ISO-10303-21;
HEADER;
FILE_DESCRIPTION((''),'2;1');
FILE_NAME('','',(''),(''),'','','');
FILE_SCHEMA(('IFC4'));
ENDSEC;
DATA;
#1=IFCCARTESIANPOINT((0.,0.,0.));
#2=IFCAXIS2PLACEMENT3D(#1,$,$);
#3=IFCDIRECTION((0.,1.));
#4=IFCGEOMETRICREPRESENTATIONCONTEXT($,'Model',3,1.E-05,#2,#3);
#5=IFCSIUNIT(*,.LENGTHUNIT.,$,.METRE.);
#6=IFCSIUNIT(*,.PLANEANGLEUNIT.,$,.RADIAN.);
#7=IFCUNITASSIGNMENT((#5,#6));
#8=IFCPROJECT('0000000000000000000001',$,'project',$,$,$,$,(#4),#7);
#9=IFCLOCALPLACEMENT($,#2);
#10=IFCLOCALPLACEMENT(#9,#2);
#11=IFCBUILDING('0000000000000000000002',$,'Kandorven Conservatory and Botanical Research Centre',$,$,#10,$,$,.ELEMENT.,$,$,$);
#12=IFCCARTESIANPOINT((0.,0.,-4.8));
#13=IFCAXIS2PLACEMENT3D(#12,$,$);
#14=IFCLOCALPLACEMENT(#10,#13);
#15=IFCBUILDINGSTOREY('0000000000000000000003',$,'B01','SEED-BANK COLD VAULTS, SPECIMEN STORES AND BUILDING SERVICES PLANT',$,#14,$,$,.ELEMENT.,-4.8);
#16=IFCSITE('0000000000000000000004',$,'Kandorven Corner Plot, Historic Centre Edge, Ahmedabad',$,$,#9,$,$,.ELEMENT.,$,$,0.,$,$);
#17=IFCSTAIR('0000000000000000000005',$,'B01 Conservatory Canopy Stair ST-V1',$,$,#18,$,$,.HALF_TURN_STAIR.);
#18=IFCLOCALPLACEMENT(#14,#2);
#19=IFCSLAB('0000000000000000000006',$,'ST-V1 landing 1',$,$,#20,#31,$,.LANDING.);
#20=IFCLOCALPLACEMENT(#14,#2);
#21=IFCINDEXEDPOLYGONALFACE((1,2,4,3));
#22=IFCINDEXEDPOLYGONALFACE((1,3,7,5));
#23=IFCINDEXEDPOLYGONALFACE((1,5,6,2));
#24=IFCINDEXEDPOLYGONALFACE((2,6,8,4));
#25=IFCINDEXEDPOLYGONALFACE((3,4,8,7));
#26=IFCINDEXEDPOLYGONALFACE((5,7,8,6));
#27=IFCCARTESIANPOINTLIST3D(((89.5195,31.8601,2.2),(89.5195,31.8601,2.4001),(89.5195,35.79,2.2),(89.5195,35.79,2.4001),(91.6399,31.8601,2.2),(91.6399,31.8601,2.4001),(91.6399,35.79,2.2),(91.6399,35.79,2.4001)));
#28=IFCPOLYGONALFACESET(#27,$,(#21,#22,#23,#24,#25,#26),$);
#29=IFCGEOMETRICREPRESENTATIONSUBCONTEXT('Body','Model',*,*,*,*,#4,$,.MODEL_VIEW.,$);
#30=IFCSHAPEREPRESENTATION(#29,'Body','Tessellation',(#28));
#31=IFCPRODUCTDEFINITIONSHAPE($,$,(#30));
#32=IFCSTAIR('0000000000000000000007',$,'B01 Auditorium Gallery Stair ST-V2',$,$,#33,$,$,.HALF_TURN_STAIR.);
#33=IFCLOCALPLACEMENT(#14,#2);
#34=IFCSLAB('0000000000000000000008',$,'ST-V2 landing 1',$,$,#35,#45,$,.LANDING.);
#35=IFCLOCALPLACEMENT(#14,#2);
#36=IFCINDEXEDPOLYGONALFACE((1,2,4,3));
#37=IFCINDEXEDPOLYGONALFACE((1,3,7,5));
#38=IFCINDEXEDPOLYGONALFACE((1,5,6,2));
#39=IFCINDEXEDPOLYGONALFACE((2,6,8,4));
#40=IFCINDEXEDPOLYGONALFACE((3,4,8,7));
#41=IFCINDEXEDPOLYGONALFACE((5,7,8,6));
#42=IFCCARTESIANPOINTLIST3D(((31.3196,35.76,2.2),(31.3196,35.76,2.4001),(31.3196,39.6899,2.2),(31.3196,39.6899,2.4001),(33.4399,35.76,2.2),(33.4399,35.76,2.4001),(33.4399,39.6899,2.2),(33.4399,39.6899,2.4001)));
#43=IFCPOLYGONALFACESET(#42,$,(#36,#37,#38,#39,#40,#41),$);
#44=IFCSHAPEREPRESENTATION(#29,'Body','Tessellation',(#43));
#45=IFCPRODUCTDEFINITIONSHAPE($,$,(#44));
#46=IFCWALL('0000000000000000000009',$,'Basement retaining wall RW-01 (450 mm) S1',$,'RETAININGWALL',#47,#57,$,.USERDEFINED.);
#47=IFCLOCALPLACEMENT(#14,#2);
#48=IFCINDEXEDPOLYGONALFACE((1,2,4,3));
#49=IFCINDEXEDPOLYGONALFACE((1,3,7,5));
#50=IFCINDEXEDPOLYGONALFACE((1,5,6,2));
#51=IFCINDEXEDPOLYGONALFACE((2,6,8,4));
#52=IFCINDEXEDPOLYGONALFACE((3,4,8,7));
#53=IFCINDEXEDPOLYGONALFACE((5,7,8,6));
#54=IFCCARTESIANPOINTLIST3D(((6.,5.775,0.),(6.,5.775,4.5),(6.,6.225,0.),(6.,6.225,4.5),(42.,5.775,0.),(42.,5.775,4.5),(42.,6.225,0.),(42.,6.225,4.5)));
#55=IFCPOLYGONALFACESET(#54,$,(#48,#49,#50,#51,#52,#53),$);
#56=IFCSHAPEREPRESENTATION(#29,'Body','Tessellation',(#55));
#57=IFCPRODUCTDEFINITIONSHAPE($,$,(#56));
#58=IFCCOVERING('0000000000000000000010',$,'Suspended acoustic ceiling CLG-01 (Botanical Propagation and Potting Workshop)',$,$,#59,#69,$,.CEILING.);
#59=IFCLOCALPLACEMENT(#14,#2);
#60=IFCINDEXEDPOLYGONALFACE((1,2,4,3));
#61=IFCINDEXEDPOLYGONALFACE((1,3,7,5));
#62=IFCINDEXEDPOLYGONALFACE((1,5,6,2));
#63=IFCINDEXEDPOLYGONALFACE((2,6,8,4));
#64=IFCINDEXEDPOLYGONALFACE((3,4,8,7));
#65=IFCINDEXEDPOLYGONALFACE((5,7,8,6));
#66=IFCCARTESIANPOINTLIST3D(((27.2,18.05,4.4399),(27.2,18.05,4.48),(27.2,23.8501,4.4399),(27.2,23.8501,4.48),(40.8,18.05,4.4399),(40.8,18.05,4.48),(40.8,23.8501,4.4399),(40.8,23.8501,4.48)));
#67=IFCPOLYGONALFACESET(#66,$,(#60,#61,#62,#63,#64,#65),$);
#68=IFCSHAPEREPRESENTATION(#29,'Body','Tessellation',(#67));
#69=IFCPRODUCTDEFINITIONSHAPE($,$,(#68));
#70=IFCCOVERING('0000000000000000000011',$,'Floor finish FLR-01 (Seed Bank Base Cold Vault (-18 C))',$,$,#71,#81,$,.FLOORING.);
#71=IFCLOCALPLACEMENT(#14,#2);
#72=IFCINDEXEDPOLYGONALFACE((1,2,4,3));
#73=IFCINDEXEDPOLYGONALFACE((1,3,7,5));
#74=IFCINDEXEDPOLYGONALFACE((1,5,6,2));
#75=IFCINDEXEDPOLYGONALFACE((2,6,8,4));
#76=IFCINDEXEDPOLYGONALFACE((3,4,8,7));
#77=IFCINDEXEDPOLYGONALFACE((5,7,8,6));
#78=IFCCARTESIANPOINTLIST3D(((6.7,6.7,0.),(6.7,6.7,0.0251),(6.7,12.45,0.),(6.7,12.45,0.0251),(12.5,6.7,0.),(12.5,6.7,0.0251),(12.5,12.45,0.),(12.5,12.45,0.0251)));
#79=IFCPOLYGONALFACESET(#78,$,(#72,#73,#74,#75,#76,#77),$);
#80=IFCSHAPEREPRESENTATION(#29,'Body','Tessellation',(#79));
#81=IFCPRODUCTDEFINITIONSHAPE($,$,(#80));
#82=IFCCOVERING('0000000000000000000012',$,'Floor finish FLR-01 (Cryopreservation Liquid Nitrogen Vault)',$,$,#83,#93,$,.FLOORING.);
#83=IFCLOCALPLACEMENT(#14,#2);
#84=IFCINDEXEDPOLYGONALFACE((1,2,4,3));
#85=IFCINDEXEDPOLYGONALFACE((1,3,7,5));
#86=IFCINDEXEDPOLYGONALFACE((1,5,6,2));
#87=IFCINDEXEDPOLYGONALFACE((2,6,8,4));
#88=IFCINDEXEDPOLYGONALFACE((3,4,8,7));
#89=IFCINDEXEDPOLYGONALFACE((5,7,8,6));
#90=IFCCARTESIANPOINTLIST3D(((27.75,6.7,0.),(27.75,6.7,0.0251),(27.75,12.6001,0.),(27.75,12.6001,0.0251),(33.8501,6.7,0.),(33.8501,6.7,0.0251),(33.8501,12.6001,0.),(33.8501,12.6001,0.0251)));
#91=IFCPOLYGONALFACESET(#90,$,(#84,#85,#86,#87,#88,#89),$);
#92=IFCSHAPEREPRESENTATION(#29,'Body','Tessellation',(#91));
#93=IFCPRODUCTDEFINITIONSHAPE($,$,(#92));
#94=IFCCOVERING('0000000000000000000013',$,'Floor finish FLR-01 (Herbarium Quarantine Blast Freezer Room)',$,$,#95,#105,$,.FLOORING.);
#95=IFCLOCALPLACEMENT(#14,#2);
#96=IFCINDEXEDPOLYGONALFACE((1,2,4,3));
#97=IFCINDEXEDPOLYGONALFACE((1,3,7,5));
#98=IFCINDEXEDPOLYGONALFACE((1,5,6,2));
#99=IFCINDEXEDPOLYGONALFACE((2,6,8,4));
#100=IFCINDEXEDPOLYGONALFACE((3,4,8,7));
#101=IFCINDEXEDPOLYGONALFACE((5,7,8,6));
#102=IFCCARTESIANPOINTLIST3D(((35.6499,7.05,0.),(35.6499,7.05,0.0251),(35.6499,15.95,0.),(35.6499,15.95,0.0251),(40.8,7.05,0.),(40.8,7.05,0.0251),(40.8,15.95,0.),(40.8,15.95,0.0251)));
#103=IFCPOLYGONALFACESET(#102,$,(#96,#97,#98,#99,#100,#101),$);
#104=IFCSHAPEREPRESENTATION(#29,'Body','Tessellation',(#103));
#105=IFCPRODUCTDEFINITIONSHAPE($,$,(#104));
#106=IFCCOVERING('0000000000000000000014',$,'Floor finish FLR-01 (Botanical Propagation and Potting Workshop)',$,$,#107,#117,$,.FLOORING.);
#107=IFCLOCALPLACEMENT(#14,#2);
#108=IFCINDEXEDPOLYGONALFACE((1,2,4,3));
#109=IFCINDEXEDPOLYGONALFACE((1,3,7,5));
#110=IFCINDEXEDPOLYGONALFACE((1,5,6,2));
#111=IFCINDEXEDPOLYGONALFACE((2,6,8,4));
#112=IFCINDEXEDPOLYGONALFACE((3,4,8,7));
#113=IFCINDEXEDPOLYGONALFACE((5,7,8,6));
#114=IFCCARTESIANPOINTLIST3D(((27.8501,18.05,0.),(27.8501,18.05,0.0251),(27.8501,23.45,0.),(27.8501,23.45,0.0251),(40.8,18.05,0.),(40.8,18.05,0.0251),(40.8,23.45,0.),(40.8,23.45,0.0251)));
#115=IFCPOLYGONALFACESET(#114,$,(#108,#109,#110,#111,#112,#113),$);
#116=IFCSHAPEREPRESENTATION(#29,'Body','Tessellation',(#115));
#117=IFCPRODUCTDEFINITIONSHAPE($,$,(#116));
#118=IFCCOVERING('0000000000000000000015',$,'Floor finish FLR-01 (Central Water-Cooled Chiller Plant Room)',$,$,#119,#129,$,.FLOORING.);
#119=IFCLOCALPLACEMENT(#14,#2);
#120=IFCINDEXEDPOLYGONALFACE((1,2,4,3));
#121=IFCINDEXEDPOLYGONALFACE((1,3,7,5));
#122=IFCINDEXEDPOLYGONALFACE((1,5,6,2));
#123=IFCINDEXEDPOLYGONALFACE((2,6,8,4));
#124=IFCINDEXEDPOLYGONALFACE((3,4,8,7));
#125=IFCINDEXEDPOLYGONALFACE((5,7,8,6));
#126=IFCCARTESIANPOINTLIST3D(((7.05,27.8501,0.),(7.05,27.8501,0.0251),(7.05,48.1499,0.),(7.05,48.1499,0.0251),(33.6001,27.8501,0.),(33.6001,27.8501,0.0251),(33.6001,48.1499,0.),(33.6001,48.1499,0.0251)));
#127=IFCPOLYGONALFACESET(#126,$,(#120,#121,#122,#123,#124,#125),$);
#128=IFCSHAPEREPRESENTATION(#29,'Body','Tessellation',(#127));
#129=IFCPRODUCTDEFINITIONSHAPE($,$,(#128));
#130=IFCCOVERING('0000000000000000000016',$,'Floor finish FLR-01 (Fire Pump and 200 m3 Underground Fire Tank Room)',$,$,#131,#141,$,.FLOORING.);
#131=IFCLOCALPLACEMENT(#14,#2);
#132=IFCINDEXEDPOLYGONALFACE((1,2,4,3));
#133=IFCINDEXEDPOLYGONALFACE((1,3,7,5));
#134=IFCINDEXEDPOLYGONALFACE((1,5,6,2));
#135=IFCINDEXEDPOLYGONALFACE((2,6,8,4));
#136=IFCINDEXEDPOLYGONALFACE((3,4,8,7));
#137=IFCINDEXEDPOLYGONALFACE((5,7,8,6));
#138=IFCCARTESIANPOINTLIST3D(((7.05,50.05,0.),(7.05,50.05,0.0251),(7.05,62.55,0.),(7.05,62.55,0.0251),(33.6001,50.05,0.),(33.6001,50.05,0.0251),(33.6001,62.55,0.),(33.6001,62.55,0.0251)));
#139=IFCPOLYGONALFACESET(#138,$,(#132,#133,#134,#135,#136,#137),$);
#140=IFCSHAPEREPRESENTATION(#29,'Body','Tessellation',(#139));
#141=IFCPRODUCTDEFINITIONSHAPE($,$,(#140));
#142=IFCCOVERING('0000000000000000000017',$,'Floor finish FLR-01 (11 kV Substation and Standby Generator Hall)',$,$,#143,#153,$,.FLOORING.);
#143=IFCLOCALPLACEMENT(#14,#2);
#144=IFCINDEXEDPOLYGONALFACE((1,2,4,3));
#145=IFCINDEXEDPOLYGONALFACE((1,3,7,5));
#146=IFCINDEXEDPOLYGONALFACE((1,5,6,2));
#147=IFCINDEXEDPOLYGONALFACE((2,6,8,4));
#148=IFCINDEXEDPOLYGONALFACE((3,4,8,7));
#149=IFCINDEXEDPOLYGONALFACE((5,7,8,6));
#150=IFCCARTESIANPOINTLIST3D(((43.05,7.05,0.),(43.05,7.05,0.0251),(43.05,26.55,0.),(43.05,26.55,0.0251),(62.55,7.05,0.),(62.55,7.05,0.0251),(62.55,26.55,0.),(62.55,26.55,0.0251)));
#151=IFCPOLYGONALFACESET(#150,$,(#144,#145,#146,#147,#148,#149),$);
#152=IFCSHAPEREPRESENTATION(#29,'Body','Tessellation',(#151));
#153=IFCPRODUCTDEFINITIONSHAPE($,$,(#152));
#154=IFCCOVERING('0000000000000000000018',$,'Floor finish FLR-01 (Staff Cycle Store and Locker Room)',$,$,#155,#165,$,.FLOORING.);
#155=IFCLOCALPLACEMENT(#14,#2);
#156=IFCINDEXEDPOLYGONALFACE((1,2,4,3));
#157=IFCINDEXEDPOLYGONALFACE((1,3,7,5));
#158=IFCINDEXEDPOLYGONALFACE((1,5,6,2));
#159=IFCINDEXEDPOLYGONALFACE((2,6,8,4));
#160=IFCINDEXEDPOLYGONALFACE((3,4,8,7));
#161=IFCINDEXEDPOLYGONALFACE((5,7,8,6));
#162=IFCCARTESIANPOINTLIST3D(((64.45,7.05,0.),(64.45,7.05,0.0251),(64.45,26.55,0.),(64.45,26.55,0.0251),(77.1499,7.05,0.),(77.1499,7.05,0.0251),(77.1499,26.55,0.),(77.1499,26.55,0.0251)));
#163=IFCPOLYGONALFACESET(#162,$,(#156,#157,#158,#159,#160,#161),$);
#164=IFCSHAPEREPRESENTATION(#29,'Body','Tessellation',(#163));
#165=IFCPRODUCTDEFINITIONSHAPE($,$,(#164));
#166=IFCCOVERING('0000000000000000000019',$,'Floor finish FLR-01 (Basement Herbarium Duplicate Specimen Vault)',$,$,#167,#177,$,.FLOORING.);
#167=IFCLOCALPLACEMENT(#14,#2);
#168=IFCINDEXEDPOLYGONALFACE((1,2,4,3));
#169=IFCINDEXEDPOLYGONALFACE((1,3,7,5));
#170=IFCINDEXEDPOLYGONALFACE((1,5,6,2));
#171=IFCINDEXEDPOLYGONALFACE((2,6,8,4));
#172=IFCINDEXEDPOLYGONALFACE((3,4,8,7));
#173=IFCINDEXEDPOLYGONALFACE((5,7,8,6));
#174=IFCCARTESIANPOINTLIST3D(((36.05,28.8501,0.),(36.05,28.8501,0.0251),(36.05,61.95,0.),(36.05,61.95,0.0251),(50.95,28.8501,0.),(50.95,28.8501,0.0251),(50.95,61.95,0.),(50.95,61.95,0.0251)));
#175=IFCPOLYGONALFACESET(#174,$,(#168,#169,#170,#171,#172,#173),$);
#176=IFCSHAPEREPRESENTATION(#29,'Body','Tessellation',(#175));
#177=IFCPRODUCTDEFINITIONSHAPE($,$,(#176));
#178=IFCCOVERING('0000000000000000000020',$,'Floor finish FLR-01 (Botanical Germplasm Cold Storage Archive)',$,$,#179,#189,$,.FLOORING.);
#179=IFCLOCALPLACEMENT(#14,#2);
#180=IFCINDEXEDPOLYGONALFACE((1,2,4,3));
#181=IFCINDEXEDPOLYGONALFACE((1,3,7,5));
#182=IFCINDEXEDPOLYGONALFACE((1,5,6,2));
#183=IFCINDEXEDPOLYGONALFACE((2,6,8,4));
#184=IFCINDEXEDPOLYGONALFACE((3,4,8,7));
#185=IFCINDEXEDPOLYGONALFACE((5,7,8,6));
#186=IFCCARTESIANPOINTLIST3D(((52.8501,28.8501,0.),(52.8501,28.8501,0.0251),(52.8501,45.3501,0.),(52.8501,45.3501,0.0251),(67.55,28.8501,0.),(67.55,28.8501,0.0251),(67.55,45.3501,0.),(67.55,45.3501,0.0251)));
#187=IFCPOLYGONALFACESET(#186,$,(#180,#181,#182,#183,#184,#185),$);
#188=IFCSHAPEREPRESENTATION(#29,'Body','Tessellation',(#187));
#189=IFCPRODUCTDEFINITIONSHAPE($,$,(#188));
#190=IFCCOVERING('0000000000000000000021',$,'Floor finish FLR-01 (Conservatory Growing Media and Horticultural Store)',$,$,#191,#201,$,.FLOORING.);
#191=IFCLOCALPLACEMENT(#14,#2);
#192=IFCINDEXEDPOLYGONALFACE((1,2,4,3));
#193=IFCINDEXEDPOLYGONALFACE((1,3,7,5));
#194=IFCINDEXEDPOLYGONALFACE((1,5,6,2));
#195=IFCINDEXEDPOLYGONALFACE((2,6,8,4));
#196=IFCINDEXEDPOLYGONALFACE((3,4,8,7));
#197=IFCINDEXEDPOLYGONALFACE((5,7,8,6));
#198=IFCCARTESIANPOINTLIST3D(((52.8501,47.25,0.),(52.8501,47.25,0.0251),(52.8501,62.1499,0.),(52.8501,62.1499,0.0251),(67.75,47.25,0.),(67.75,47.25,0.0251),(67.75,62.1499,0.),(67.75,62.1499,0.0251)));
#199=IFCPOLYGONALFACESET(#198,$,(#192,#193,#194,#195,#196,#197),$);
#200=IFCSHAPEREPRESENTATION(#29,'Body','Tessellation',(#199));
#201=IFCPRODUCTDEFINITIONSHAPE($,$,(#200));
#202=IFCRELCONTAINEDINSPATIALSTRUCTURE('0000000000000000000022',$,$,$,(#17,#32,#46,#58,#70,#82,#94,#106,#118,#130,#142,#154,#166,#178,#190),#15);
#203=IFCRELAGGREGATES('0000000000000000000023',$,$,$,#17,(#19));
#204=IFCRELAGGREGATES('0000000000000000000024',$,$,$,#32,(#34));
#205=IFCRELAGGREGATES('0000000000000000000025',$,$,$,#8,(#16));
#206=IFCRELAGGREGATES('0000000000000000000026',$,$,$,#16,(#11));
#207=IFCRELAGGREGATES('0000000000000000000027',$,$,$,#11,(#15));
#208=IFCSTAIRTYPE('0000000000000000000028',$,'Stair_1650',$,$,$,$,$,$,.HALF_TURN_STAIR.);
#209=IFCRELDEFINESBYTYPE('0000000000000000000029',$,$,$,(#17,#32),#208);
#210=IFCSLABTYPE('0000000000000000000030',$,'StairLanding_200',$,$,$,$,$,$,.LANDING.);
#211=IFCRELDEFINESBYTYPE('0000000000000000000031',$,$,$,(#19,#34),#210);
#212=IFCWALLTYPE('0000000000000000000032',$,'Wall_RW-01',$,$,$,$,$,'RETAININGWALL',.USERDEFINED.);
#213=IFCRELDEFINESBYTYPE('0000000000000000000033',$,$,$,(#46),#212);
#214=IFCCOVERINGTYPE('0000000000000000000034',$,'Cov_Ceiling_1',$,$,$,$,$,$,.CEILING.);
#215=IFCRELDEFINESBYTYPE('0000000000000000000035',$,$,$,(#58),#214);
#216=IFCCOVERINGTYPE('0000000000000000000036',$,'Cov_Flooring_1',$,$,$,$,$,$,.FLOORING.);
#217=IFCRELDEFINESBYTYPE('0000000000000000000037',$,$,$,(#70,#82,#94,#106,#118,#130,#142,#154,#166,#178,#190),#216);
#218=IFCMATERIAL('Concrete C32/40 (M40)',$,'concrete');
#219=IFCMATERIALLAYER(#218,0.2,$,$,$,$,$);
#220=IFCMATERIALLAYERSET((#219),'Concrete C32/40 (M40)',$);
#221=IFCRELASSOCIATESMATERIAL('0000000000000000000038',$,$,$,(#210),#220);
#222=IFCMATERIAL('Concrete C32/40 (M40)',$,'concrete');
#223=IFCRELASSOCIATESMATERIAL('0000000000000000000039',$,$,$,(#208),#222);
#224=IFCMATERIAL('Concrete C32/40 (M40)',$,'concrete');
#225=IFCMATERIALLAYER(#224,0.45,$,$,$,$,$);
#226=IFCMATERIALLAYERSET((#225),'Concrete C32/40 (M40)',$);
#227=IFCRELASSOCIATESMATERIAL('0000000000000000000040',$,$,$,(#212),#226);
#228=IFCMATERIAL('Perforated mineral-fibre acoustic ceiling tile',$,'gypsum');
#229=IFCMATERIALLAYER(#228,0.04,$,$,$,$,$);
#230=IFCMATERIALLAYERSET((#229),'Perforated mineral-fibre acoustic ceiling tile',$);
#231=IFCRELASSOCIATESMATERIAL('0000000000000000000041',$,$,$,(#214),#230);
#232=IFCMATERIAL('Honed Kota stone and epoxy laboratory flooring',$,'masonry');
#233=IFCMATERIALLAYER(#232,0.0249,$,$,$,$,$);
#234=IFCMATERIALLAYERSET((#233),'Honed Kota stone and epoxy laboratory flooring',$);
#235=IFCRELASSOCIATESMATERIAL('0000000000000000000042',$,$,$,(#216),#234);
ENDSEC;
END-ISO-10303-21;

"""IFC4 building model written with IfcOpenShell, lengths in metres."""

from ifc_helpers import new_model, si_unit, direction, frame, frame_2d, origin, place, context, subcontext, project, spatial, polyline, rectangle, outline, extrude, material, layer, layer_set, type_object, element, aggregate, save


model = new_model("IFC4")

# Units and contexts
model_context = context("Model", 3, precision=1e-05, world=origin(), true_north=direction((0.0, 1.0)))
body_context = subcontext(model_context, "Body", "Model", "MODEL_VIEW")
ifc_project = project(units=[si_unit("LENGTHUNIT", "METRE"), si_unit("PLANEANGLEUNIT", "RADIAN")], contexts=[model_context])

# Site, building, storey
site_placement = place(None, origin())
site = spatial("IfcSite", under=ifc_project, at=site_placement, Name="Kandorven Corner Plot, Historic Centre Edge, Ahmedabad", CompositionType="ELEMENT", RefElevation=0.0)
building_placement = place(site_placement, origin())
building = spatial("IfcBuilding", under=site, at=building_placement, Name="Kandorven Conservatory and Botanical Research Centre", CompositionType="ELEMENT")
storey_placement = place(building_placement, frame((0.0, 0.0, -4.8)))
storey = spatial("IfcBuildingStorey", under=building, at=storey_placement, Name="B01", Description="SEED-BANK COLD VAULTS, SPECIMEN STORES AND BUILDING SERVICES PLANT", CompositionType="ELEMENT", Elevation=-4.8)

# Stairs, slabs
ifc_material_1 = material(Name="Concrete C32/40 (M40)", Category="concrete")
ifc_layer_1 = layer(ifc_material_1, 0.2)
ifc_layer_set_1 = layer_set([ifc_layer_1], Name="Concrete C32/40 (M40)")
slab_type_1 = type_object("IfcSlabType", Name="StairLanding_200", PredefinedType="LANDING", material=ifc_layer_set_1)
ifc_material_2 = material(Name="Concrete C32/40 (M40)", Category="concrete")
stair_type_1 = type_object("IfcStairType", Name="Stair_1650", PredefinedType="HALF_TURN_STAIR", material=ifc_material_2)
stair_1_placement = place(storey_placement, origin())
stair_1 = element("IfcStair", 1, at=stair_1_placement, inside=storey, type_object=stair_type_1, Name="B01 Conservatory Canopy Stair ST-V1", PredefinedType="HALF_TURN_STAIR")
slab_1_placement = place(storey_placement, frame((0.0, 0.0, 2.2)))
slab_1 = element("IfcSlab", 2, at=slab_1_placement, type_object=slab_type_1, Name="ST-V1 landing 1", PredefinedType="LANDING", context=body_context, shape_type="SweptSolid", body=[
    extrude(outline(polyline([(89.5195, 31.8601), (91.6399, 31.8601), (91.6399, 35.79), (89.5195, 35.79), (89.5195, 31.8601)])), origin(), (0.0, 0.0, 1.0), 0.2002),
])
aggregate(stair_1, [slab_1])
stair_2_placement = place(storey_placement, origin())
stair_2 = element("IfcStair", 3, at=stair_2_placement, inside=storey, type_object=stair_type_1, Name="B01 Auditorium Gallery Stair ST-V2", PredefinedType="HALF_TURN_STAIR")
slab_2_placement = place(storey_placement, frame((0.0, 0.0, 2.2)))
slab_2 = element("IfcSlab", 4, at=slab_2_placement, type_object=slab_type_1, Name="ST-V2 landing 1", PredefinedType="LANDING", context=body_context, shape_type="SweptSolid", body=[
    extrude(outline(polyline([(31.3196, 35.76), (33.4399, 35.76), (33.4399, 39.6899), (31.3196, 39.6899), (31.3196, 35.76)])), origin(), (0.0, 0.0, 1.0), 0.2002),
])
aggregate(stair_2, [slab_2])

# Wall
ifc_material_3 = material(Name="Concrete C32/40 (M40)", Category="concrete")
ifc_layer_2 = layer(ifc_material_3, 0.45)
ifc_layer_set_2 = layer_set([ifc_layer_2], Name="Concrete C32/40 (M40)")
wall_type = type_object("IfcWallType", Name="Wall_RW-01", ElementType="RETAININGWALL", PredefinedType="USERDEFINED", material=ifc_layer_set_2)
wall_placement = place(storey_placement, frame((6.0, 6.0, 0.0), z_axis=(0.0, 0.0, 1.0), x_axis=(1.0, 0.0, 0.0)))
element("IfcWall", 5, at=wall_placement, inside=storey, type_object=wall_type, Name="Basement retaining wall RW-01 (450 mm) S1", ObjectType="RETAININGWALL", PredefinedType="USERDEFINED", context=body_context, shape_type="SweptSolid", body=[
    extrude(rectangle(XDim=36.0, YDim=0.45, at=frame_2d((18.0, 0.0))), origin(), (0.0, 0.0, 1.0), 4.5),
])

# Coverings
ifc_material_4 = material(Name="Perforated mineral-fibre acoustic ceiling tile", Category="gypsum")
ifc_layer_3 = layer(ifc_material_4, 0.04)
ifc_layer_set_3 = layer_set([ifc_layer_3], Name="Perforated mineral-fibre acoustic ceiling tile")
covering_type_1 = type_object("IfcCoveringType", Name="Cov_Ceiling_1", PredefinedType="CEILING", material=ifc_layer_set_3)
covering_1_placement = place(storey_placement, frame((0.0, 0.0, 4.4399)))
element("IfcCovering", 6, at=covering_1_placement, inside=storey, type_object=covering_type_1, Name="Suspended acoustic ceiling CLG-01 (Botanical Propagation and Potting Workshop)", PredefinedType="CEILING", context=body_context, shape_type="SweptSolid", body=[
    extrude(outline(polyline([(27.2, 18.05), (40.8, 18.05), (40.8, 23.8501), (27.2, 23.8501), (27.2, 18.05)])), origin(), (0.0, 0.0, 1.0), 0.04),
])
ifc_material_5 = material(Name="Honed Kota stone and epoxy laboratory flooring", Category="masonry")
ifc_layer_4 = layer(ifc_material_5, 0.0249)
ifc_layer_set_4 = layer_set([ifc_layer_4], Name="Honed Kota stone and epoxy laboratory flooring")
covering_type_2 = type_object("IfcCoveringType", Name="Cov_Flooring_1", PredefinedType="FLOORING", material=ifc_layer_set_4)
covering_2_placement = place(storey_placement, origin())
element("IfcCovering", 7, at=covering_2_placement, inside=storey, type_object=covering_type_2, Name="Floor finish FLR-01 (Seed Bank Base Cold Vault (-18 C))", PredefinedType="FLOORING", context=body_context, shape_type="SweptSolid", body=[
    extrude(outline(polyline([(6.7, 6.7), (12.5, 6.7), (12.5, 12.45), (6.7, 12.45), (6.7, 6.7)])), origin(), (0.0, 0.0, 1.0), 0.0251),
])
covering_3_placement = place(storey_placement, origin())
element("IfcCovering", 8, at=covering_3_placement, inside=storey, type_object=covering_type_2, Name="Floor finish FLR-01 (Cryopreservation Liquid Nitrogen Vault)", PredefinedType="FLOORING", context=body_context, shape_type="SweptSolid", body=[
    extrude(outline(polyline([(27.75, 6.7), (33.8501, 6.7), (33.8501, 12.6001), (27.75, 12.6001), (27.75, 6.7)])), origin(), (0.0, 0.0, 1.0), 0.0251),
])
covering_4_placement = place(storey_placement, origin())
element("IfcCovering", 9, at=covering_4_placement, inside=storey, type_object=covering_type_2, Name="Floor finish FLR-01 (Herbarium Quarantine Blast Freezer Room)", PredefinedType="FLOORING", context=body_context, shape_type="SweptSolid", body=[
    extrude(outline(polyline([(35.6499, 7.05), (40.8, 7.05), (40.8, 15.95), (35.6499, 15.95), (35.6499, 7.05)])), origin(), (0.0, 0.0, 1.0), 0.0251),
])
covering_5_placement = place(storey_placement, origin())
element("IfcCovering", 10, at=covering_5_placement, inside=storey, type_object=covering_type_2, Name="Floor finish FLR-01 (Botanical Propagation and Potting Workshop)", PredefinedType="FLOORING", context=body_context, shape_type="SweptSolid", body=[
    extrude(outline(polyline([(27.8501, 18.05), (40.8, 18.05), (40.8, 23.45), (27.8501, 23.45), (27.8501, 18.05)])), origin(), (0.0, 0.0, 1.0), 0.0251),
])
covering_6_placement = place(storey_placement, origin())
element("IfcCovering", 11, at=covering_6_placement, inside=storey, type_object=covering_type_2, Name="Floor finish FLR-01 (Central Water-Cooled Chiller Plant Room)", PredefinedType="FLOORING", context=body_context, shape_type="SweptSolid", body=[
    extrude(outline(polyline([(7.05, 27.8501), (33.6001, 27.8501), (33.6001, 48.1499), (7.05, 48.1499), (7.05, 27.8501)])), origin(), (0.0, 0.0, 1.0), 0.0251),
])
covering_7_placement = place(storey_placement, origin())
element("IfcCovering", 12, at=covering_7_placement, inside=storey, type_object=covering_type_2, Name="Floor finish FLR-01 (Fire Pump and 200 m3 Underground Fire Tank Room)", PredefinedType="FLOORING", context=body_context, shape_type="SweptSolid", body=[
    extrude(outline(polyline([(7.05, 50.05), (33.6001, 50.05), (33.6001, 62.55), (7.05, 62.55), (7.05, 50.05)])), origin(), (0.0, 0.0, 1.0), 0.0251),
])
covering_8_placement = place(storey_placement, origin())
element("IfcCovering", 13, at=covering_8_placement, inside=storey, type_object=covering_type_2, Name="Floor finish FLR-01 (11 kV Substation and Standby Generator Hall)", PredefinedType="FLOORING", context=body_context, shape_type="SweptSolid", body=[
    extrude(outline(polyline([(43.05, 7.05), (62.55, 7.05), (62.55, 26.55), (43.05, 26.55), (43.05, 7.05)])), origin(), (0.0, 0.0, 1.0), 0.0251),
])
covering_9_placement = place(storey_placement, origin())
element("IfcCovering", 14, at=covering_9_placement, inside=storey, type_object=covering_type_2, Name="Floor finish FLR-01 (Staff Cycle Store and Locker Room)", PredefinedType="FLOORING", context=body_context, shape_type="SweptSolid", body=[
    extrude(outline(polyline([(64.45, 7.05), (77.1499, 7.05), (77.1499, 26.55), (64.45, 26.55), (64.45, 7.05)])), origin(), (0.0, 0.0, 1.0), 0.0251),
])
covering_10_placement = place(storey_placement, origin())
element("IfcCovering", 15, at=covering_10_placement, inside=storey, type_object=covering_type_2, Name="Floor finish FLR-01 (Basement Herbarium Duplicate Specimen Vault)", PredefinedType="FLOORING", context=body_context, shape_type="SweptSolid", body=[
    extrude(outline(polyline([(36.05, 28.8501), (50.95, 28.8501), (50.95, 61.95), (36.05, 61.95), (36.05, 28.8501)])), origin(), (0.0, 0.0, 1.0), 0.0251),
])
covering_11_placement = place(storey_placement, origin())
element("IfcCovering", 16, at=covering_11_placement, inside=storey, type_object=covering_type_2, Name="Floor finish FLR-01 (Botanical Germplasm Cold Storage Archive)", PredefinedType="FLOORING", context=body_context, shape_type="SweptSolid", body=[
    extrude(outline(polyline([(52.8501, 28.8501), (67.55, 28.8501), (67.55, 45.3501), (52.8501, 45.3501), (52.8501, 28.8501)])), origin(), (0.0, 0.0, 1.0), 0.0251),
])
covering_12_placement = place(storey_placement, origin())
element("IfcCovering", 17, at=covering_12_placement, inside=storey, type_object=covering_type_2, Name="Floor finish FLR-01 (Conservatory Growing Media and Horticultural Store)", PredefinedType="FLOORING", context=body_context, shape_type="SweptSolid", body=[
    extrude(outline(polyline([(52.8501, 47.25), (67.75, 47.25), (67.75, 62.1499), (52.8501, 62.1499), (52.8501, 47.25)])), origin(), (0.0, 0.0, 1.0), 0.0251),
])

save(model, "model.ifc")
